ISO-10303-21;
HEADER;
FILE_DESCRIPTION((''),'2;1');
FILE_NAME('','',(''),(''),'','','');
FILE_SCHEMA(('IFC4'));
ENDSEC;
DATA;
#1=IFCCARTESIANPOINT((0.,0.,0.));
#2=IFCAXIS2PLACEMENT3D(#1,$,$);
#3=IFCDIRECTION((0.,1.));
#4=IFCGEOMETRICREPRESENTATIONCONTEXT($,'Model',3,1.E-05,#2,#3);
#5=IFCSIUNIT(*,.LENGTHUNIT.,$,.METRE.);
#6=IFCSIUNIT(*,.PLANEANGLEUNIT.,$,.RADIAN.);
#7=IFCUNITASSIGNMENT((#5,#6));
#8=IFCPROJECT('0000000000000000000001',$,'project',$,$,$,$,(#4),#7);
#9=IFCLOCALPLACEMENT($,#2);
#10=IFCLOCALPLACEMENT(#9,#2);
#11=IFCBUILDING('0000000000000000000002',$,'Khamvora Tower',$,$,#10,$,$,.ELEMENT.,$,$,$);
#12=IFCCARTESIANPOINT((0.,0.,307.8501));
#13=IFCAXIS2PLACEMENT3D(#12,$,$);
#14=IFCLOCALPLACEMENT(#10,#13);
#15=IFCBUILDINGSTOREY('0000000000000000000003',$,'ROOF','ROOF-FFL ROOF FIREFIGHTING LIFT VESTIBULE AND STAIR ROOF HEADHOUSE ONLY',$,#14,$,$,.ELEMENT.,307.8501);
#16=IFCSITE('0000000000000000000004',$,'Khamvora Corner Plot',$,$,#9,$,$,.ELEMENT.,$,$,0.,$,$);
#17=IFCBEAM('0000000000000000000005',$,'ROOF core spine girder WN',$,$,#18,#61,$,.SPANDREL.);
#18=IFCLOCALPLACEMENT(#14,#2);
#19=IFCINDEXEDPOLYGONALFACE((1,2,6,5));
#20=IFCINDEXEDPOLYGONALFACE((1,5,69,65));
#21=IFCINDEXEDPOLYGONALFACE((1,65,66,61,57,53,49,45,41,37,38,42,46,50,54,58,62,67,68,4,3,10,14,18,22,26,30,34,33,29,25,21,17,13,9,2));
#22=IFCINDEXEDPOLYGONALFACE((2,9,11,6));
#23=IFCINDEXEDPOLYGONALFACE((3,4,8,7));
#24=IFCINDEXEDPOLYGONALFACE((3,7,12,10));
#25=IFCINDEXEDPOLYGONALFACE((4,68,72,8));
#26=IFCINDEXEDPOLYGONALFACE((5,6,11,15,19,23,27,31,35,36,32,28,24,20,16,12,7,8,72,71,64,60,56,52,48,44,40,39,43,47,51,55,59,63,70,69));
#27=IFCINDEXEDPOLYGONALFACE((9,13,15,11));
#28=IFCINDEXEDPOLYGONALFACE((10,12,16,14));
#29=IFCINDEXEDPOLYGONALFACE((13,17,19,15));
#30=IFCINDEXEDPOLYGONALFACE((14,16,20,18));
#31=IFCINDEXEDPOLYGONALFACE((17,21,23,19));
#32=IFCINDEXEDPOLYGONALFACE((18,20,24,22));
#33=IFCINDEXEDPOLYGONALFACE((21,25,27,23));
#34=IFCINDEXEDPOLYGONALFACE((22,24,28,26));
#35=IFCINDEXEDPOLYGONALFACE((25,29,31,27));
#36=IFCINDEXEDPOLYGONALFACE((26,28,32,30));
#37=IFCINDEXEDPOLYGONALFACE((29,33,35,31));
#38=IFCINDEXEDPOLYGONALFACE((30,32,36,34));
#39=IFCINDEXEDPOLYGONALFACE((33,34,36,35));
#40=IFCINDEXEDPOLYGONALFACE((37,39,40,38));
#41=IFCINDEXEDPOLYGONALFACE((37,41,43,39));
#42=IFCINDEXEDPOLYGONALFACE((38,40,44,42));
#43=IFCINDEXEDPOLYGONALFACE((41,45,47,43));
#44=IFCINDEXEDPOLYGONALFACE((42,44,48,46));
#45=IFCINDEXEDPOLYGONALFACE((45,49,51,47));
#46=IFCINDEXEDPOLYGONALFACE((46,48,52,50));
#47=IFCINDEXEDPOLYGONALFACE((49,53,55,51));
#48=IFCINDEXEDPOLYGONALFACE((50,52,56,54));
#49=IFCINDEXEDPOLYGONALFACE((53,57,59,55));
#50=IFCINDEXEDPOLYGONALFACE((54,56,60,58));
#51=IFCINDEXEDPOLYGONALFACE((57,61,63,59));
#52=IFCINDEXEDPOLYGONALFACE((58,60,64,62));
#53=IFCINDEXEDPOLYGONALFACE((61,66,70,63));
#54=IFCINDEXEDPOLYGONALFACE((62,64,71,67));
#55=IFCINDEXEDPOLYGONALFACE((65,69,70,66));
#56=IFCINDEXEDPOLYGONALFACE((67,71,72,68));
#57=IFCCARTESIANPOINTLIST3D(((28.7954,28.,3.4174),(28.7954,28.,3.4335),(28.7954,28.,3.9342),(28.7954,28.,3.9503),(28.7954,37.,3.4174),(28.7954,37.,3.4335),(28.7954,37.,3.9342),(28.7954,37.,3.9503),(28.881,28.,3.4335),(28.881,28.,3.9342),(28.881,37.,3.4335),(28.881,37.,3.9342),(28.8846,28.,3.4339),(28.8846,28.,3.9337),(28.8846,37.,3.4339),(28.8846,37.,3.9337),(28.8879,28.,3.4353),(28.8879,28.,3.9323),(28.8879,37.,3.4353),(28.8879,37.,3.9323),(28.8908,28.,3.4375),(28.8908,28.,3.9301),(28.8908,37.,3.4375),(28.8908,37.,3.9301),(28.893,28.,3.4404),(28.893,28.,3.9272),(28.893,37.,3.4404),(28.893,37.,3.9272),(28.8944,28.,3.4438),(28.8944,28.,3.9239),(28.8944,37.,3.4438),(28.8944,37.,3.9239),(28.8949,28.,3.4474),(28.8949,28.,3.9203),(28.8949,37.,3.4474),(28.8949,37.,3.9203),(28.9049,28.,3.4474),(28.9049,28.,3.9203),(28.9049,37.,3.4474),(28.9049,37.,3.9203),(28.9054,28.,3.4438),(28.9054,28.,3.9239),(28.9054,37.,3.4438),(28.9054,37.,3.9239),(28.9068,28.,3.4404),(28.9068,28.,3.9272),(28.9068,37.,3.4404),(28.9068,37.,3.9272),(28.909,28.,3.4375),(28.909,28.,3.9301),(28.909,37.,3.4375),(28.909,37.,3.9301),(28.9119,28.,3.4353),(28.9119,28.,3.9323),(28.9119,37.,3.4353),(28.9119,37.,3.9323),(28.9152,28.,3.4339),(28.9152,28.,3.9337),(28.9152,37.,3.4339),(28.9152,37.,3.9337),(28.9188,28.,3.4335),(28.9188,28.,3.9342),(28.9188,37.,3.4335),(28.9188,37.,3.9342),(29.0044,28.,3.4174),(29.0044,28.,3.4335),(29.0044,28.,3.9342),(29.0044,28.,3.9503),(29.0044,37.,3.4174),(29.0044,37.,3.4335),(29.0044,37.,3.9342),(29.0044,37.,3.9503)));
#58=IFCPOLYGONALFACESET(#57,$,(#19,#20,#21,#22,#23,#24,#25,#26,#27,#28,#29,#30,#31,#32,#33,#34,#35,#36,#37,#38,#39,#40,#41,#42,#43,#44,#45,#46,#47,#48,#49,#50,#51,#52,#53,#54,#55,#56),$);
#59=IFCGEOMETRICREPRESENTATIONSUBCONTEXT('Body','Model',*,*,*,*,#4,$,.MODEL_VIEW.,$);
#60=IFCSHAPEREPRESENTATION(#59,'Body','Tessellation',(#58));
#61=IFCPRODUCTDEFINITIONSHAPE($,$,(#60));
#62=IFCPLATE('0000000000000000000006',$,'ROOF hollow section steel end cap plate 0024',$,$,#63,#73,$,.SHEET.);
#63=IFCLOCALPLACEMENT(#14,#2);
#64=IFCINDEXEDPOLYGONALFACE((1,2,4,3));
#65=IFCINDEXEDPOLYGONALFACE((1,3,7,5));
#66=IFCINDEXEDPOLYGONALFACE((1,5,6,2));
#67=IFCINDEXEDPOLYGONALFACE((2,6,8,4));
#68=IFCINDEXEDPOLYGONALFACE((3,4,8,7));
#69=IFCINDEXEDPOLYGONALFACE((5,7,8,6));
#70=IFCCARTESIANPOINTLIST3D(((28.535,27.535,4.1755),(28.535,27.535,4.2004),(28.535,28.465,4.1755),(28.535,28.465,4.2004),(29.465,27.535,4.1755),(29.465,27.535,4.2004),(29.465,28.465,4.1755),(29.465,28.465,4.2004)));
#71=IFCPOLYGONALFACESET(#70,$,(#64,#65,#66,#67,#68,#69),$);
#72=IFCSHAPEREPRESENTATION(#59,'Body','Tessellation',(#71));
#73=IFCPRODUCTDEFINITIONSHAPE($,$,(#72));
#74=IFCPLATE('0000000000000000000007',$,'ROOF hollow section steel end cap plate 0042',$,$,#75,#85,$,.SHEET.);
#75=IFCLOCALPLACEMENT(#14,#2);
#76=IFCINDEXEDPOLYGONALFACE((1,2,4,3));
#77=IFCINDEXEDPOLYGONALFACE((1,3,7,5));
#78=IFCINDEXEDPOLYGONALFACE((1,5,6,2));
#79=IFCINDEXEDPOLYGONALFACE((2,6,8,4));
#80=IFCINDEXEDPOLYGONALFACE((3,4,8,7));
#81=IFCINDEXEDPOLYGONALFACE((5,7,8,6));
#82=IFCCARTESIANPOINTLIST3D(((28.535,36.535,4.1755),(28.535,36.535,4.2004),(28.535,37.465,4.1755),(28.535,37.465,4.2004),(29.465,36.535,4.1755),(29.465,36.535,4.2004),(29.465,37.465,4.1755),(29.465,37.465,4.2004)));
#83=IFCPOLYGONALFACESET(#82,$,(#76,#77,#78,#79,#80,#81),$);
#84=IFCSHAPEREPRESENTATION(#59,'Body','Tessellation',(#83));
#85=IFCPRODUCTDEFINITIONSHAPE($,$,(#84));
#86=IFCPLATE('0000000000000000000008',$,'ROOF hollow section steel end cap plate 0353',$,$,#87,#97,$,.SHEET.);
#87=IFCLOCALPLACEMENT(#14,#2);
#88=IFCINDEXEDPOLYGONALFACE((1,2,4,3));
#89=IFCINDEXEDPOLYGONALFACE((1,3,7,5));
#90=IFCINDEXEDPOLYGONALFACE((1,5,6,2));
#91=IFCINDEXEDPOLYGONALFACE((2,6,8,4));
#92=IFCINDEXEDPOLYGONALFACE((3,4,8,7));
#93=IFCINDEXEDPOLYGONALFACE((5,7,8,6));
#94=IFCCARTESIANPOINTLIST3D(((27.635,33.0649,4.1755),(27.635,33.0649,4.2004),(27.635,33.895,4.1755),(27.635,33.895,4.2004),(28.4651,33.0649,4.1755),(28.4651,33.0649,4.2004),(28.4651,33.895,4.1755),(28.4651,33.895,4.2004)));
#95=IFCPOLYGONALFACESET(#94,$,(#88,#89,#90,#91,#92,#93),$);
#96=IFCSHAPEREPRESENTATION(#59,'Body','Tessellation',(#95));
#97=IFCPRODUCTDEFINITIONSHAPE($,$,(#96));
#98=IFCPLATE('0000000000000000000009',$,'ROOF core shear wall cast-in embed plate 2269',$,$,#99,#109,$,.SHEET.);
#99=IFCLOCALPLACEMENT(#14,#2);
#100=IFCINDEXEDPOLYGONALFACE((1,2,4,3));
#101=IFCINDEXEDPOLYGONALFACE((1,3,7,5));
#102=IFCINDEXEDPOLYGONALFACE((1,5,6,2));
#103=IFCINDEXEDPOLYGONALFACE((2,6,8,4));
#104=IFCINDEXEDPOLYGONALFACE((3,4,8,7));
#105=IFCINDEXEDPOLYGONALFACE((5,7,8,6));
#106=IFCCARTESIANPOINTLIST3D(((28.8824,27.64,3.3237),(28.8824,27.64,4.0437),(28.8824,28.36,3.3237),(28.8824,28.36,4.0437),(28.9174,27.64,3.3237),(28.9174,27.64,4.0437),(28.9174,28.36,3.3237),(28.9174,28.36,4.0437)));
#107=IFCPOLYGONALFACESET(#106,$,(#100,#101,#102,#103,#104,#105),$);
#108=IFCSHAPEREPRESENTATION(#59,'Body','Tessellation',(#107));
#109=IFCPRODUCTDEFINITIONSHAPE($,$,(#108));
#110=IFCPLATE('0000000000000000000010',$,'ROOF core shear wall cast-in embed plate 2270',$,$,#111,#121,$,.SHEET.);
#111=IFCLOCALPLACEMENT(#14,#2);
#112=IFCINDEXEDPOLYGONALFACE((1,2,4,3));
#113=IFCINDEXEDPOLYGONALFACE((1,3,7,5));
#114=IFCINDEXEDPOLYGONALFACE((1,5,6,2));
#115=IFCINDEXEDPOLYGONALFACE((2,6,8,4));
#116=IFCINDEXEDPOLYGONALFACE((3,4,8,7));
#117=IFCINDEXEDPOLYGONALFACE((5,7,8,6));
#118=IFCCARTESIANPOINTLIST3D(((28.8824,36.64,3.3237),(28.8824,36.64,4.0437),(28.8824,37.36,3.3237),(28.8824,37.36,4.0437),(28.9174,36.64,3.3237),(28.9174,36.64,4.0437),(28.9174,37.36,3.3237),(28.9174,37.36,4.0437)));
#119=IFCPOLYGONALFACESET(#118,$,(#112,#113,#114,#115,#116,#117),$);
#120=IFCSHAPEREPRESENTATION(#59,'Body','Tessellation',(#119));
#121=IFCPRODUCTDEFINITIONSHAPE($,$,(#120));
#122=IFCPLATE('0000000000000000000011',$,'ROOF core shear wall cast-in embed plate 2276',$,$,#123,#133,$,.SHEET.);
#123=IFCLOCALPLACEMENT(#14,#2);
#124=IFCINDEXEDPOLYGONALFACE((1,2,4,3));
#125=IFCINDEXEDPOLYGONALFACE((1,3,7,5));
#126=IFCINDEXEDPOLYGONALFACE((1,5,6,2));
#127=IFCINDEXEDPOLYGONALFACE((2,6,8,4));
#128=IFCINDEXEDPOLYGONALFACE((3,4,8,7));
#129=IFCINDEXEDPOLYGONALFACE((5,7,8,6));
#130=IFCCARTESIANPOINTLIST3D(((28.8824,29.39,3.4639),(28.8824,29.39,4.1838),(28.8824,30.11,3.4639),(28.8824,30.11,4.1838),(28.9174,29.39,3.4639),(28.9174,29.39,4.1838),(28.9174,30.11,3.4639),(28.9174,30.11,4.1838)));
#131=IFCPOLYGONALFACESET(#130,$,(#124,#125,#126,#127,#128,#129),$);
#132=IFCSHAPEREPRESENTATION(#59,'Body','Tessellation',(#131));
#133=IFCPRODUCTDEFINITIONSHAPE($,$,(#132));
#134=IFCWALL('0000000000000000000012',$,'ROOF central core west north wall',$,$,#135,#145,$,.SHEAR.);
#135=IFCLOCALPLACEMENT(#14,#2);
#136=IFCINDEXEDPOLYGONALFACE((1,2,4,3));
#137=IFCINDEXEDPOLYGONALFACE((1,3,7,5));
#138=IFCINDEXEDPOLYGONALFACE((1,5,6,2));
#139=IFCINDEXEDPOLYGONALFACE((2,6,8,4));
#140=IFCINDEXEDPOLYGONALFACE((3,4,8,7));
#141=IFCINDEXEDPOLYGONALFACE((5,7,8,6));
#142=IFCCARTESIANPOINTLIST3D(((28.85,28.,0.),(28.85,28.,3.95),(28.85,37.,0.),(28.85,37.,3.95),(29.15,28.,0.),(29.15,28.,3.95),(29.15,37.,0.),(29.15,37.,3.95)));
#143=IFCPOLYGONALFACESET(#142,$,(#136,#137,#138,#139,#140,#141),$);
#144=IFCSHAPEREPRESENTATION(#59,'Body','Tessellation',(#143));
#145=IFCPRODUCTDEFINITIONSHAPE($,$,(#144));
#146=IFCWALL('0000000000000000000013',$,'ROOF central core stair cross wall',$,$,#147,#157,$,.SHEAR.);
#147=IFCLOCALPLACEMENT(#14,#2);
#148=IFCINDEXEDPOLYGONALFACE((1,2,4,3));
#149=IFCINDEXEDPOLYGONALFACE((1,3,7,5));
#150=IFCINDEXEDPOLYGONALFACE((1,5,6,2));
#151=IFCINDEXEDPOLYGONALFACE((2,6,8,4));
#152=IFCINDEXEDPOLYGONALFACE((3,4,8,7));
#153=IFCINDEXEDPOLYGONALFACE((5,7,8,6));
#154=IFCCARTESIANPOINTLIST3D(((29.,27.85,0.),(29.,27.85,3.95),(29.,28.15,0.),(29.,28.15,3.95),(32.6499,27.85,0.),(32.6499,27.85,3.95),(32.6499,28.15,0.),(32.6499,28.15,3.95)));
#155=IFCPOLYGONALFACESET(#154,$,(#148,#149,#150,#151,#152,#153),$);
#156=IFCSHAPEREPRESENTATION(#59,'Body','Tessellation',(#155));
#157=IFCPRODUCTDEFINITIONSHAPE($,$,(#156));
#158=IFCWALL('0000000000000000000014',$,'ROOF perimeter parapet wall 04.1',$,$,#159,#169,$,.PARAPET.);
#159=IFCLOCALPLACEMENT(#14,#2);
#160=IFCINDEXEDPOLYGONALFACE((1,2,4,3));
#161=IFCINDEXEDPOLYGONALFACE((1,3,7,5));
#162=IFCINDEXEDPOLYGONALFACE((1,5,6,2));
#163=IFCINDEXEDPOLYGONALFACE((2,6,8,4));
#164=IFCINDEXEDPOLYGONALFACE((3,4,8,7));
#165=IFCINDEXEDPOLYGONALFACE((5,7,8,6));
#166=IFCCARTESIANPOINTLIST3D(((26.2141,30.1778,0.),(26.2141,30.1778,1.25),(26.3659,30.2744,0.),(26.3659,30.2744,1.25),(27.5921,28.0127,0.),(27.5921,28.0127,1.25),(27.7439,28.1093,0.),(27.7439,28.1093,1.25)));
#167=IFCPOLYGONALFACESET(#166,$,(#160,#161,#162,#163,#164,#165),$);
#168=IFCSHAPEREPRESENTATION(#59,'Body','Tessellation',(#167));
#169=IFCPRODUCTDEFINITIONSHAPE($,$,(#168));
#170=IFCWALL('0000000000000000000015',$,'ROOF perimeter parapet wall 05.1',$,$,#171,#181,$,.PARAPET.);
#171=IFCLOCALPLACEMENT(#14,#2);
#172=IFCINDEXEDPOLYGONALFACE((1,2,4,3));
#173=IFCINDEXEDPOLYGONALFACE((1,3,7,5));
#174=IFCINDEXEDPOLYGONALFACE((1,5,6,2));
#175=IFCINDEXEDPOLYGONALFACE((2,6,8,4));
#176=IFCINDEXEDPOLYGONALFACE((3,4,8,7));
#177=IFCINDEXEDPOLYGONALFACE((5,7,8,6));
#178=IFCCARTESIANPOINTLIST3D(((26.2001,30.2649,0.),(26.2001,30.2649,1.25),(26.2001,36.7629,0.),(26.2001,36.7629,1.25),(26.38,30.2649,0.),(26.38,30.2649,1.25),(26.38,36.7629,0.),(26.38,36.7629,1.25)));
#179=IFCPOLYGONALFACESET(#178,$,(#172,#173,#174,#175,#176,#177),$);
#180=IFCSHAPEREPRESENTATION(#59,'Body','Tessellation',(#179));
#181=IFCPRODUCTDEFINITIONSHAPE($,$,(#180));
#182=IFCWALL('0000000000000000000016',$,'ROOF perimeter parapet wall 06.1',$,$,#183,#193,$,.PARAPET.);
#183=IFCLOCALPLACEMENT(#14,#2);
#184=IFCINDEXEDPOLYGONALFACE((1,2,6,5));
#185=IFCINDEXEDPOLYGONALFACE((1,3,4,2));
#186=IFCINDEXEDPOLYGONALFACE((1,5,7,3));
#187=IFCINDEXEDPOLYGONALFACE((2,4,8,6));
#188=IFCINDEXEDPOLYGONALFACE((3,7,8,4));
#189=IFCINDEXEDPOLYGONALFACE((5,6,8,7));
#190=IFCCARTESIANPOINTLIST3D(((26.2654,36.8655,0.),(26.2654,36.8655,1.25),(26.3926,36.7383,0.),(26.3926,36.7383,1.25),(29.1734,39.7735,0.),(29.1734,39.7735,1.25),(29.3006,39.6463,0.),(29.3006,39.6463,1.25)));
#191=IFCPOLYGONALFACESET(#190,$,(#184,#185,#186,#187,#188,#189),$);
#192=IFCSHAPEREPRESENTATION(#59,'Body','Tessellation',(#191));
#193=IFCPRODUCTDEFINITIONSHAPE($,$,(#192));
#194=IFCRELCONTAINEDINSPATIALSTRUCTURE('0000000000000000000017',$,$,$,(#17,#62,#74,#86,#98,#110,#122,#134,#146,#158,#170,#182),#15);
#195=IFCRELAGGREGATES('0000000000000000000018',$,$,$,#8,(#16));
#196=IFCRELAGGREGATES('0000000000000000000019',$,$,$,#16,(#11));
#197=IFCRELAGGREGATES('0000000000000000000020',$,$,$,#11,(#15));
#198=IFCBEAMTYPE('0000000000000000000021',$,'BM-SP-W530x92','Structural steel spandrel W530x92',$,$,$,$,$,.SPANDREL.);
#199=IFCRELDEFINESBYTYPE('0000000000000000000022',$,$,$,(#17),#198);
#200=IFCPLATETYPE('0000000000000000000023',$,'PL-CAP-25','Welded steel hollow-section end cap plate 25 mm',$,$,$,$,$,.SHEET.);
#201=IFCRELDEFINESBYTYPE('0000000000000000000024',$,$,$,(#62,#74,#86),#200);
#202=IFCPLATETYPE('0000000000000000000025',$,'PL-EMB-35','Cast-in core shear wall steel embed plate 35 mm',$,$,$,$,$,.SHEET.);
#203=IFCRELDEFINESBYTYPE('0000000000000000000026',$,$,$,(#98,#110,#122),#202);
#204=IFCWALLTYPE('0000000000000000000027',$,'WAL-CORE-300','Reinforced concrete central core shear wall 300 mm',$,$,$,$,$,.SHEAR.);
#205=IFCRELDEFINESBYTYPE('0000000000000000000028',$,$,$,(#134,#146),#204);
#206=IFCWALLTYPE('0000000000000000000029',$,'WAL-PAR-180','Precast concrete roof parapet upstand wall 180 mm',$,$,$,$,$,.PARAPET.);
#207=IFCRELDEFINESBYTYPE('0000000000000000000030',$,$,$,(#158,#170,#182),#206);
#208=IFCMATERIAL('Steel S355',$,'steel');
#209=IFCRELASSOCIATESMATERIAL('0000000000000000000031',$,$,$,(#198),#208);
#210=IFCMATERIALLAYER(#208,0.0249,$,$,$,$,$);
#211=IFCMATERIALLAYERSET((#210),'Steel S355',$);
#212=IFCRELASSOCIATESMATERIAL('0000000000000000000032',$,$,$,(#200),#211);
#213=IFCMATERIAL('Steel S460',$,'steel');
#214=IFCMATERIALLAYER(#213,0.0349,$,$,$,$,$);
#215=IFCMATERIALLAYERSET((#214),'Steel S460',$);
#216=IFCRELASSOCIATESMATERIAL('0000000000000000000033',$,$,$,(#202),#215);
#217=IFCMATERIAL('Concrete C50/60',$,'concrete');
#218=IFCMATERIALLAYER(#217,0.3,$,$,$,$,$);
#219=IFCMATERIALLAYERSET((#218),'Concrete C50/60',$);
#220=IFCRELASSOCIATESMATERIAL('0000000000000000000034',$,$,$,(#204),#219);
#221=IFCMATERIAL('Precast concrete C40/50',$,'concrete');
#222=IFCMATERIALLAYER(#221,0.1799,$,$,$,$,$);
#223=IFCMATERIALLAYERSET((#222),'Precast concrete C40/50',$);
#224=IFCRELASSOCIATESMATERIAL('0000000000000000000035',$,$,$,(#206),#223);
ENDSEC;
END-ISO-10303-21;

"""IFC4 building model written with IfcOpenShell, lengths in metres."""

from ifc_helpers import new_model, si_unit, direction, frame, frame_2d, origin, origin_2d, place, context, subcontext, project, spatial, rectangle, i_section, extrude, material, layer, layer_set, material_profile, profile_set, type_object, element, save


model = new_model("IFC4")

# Units and contexts
model_context = context("Model", 3, precision=1e-05, world=origin(), true_north=direction((0.0, 1.0)))
body_context = subcontext(model_context, "Body", "Model", "MODEL_VIEW")
ifc_project = project(units=[si_unit("LENGTHUNIT", "METRE"), si_unit("PLANEANGLEUNIT", "RADIAN")], contexts=[model_context])

# Site, building, storey
site_placement = place(None, origin())
site = spatial("IfcSite", under=ifc_project, at=site_placement, Name="Khamvora Corner Plot", CompositionType="ELEMENT", RefElevation=0.0)
building_placement = place(site_placement, origin())
building = spatial("IfcBuilding", under=site, at=building_placement, Name="Khamvora Tower", CompositionType="ELEMENT")
storey_placement = place(building_placement, frame((0.0, 0.0, 307.8501)))
storey = spatial("IfcBuildingStorey", under=building, at=storey_placement, Name="ROOF", Description="ROOF-FFL ROOF FIREFIGHTING LIFT VESTIBULE AND STAIR ROOF HEADHOUSE ONLY", CompositionType="ELEMENT", Elevation=307.8501)

# Shared definitions
ifc_material_1 = material(Name="Steel S355", Category="steel")

# Beam
ifc_material_profile_1 = material_profile(ifc_material_1, i_section(OverallWidth=0.209, OverallDepth=0.533, WebThickness=0.01, FlangeThickness=0.0161, FilletRadius=0.0139, at=origin_2d()), Name="W530x92")
ifc_profile_set_1 = profile_set([ifc_material_profile_1], Name="Steel S355")
beam_type_1 = type_object("IfcBeamType", Name="BM-SP-W530x92", Description="Structural steel spandrel W530x92", PredefinedType="SPANDREL", material=ifc_profile_set_1)
beam_1_placement = place(storey_placement, frame((28.8999, 28.0, 3.6838), z_axis=(0.0, 1.0, 0.0), x_axis=(-1.0, 0.0, 0.0)))
element("IfcBeam", 1, at=beam_1_placement, inside=storey, type_object=beam_type_1, Name="ROOF core spine girder WN", PredefinedType="SPANDREL", context=body_context, shape_type="SweptSolid", body=[
    extrude(i_section(OverallWidth=0.209, OverallDepth=0.533, WebThickness=0.01, FlangeThickness=0.0161, FilletRadius=0.0139, at=origin_2d()), origin(), (0.0, 0.0, 1.0), 9.0),
])

# Plates
ifc_layer_1 = layer(ifc_material_1, 0.0249)
ifc_layer_set_1 = layer_set([ifc_layer_1], Name="Steel S355")
plate_type_1 = type_object("IfcPlateType", Name="PL-CAP-25", Description="Welded steel hollow-section end cap plate 25 mm", PredefinedType="SHEET", material=ifc_layer_set_1)
for number, where, z_axis, x_axis, name in (
    (2, (29.0, 28.0, 4.1755), (0.0, 0.0, 1.0), (1.0, 0.0, 0.0), "ROOF hollow section steel end cap plate 0024"),
    (3, (29.0, 37.0, 4.1755), (0.0, 0.0, 1.0), (1.0, 0.0, 0.0), "ROOF hollow section steel end cap plate 0042"),
):
    element("IfcPlate", number, at=place(storey_placement, frame(where, z_axis=z_axis, x_axis=x_axis)), inside=storey, type_object=plate_type_1, Name=name, PredefinedType="SHEET", context=body_context, shape_type="SweptSolid", body=[
        extrude(rectangle(XDim=0.9299, YDim=0.9299, at=origin_2d()), origin(), (0.0, 0.0, 1.0), 0.0249),
    ])
plate_placement = place(storey_placement, frame((28.05, 33.48, 4.1755), z_axis=(0.0, 0.0, 1.0), x_axis=(1.0, 0.0, 0.0)))
element("IfcPlate", 4, at=plate_placement, inside=storey, type_object=plate_type_1, Name="ROOF hollow section steel end cap plate 0353", PredefinedType="SHEET", context=body_context, shape_type="SweptSolid", body=[
    extrude(rectangle(XDim=0.8301, YDim=0.8301, at=origin_2d()), origin(), (0.0, 0.0, 1.0), 0.0249),
])
ifc_material_2 = material(Name="Steel S460", Category="steel")
ifc_layer_2 = layer(ifc_material_2, 0.0349)
ifc_layer_set_2 = layer_set([ifc_layer_2], Name="Steel S460")
plate_type_2 = type_object("IfcPlateType", Name="PL-EMB-35", Description="Cast-in core shear wall steel embed plate 35 mm", PredefinedType="SHEET", material=ifc_layer_set_2)
for number, where, z_axis, x_axis, name in (
    (5, (28.8999, 28.0, 3.3237), (0.0, 0.0, 1.0), (1.0, 0.0, 0.0), "ROOF core shear wall cast-in embed plate 2269"),
    (6, (28.8999, 37.0, 3.3237), (0.0, 0.0, 1.0), (1.0, 0.0, 0.0), "ROOF core shear wall cast-in embed plate 2270"),
    (7, (28.8999, 29.75, 3.4639), (0.0, 0.0, 1.0), (1.0, 0.0, 0.0), "ROOF core shear wall cast-in embed plate 2276"),
):
    element("IfcPlate", number, at=place(storey_placement, frame(where, z_axis=z_axis, x_axis=x_axis)), inside=storey, type_object=plate_type_2, Name=name, PredefinedType="SHEET", context=body_context, shape_type="SweptSolid", body=[
        extrude(rectangle(XDim=0.0349, YDim=0.72, at=origin_2d()), origin(), (0.0, 0.0, 1.0), 0.72),
    ])

# Walls
ifc_material_3 = material(Name="Concrete C50/60", Category="concrete")
ifc_layer_3 = layer(ifc_material_3, 0.3)
ifc_layer_set_3 = layer_set([ifc_layer_3], Name="Concrete C50/60")
wall_type_1 = type_object("IfcWallType", Name="WAL-CORE-300", Description="Reinforced concrete central core shear wall 300 mm", PredefinedType="SHEAR", material=ifc_layer_set_3)
wall_1_placement = place(storey_placement, frame((29.0, 28.0, 0.0), z_axis=(0.0, 0.0, 1.0), x_axis=(0.0, 1.0, 0.0)))
element("IfcWall", 8, at=wall_1_placement, inside=storey, type_object=wall_type_1, Name="ROOF central core west north wall", PredefinedType="SHEAR", context=body_context, shape_type="SweptSolid", body=[
    extrude(rectangle(XDim=9.0, YDim=0.3, at=frame_2d((4.5, 0.0))), origin(), (0.0, 0.0, 1.0), 3.95),
])
wall_2_placement = place(storey_placement, frame((29.0, 28.0, 0.0), z_axis=(0.0, 0.0, 1.0), x_axis=(1.0, 0.0, 0.0)))
element("IfcWall", 9, at=wall_2_placement, inside=storey, type_object=wall_type_1, Name="ROOF central core stair cross wall", PredefinedType="SHEAR", context=body_context, shape_type="SweptSolid", body=[
    extrude(rectangle(XDim=3.6499, YDim=0.3, at=frame_2d((1.825, 0.0))), origin(), (0.0, 0.0, 1.0), 3.95),
])
ifc_material_4 = material(Name="Precast concrete C40/50", Category="concrete")
ifc_layer_4 = layer(ifc_material_4, 0.1799)
ifc_layer_set_4 = layer_set([ifc_layer_4], Name="Precast concrete C40/50")
wall_type_2 = type_object("IfcWallType", Name="WAL-PAR-180", Description="Precast concrete roof parapet upstand wall 180 mm", PredefinedType="PARAPET", material=ifc_layer_set_4)
wall_3_placement = place(storey_placement, frame((27.668, 28.061, 0.0), z_axis=(0.0, 0.0, 1.0), x_axis=(-0.536925, 0.84363, 0.0)))
element("IfcWall", 10, at=wall_3_placement, inside=storey, type_object=wall_type_2, Name="ROOF perimeter parapet wall 04.1", PredefinedType="PARAPET", context=body_context, shape_type="SweptSolid", body=[
    extrude(rectangle(XDim=2.5664, YDim=0.1799, at=frame_2d((1.2832, 0.0))), origin(), (0.0, 0.0, 1.0), 1.25),
])
wall_4_placement = place(storey_placement, frame((26.29, 30.2649, 0.0), z_axis=(0.0, 0.0, 1.0), x_axis=(0.0, 1.0, 0.0)))
element("IfcWall", 11, at=wall_4_placement, inside=storey, type_object=wall_type_2, Name="ROOF perimeter parapet wall 05.1", PredefinedType="PARAPET", context=body_context, shape_type="SweptSolid", body=[
    extrude(rectangle(XDim=6.498, YDim=0.1799, at=frame_2d((3.249, 0.0))), origin(), (0.0, 0.0, 1.0), 1.25),
])
wall_5_placement = place(storey_placement, frame((26.3291, 36.802, 0.0), z_axis=(0.0, 0.0, 1.0), x_axis=(0.707107, 0.707107, 0.0)))
element("IfcWall", 12, at=wall_5_placement, inside=storey, type_object=wall_type_2, Name="ROOF perimeter parapet wall 06.1", PredefinedType="PARAPET", context=body_context, shape_type="SweptSolid", body=[
    extrude(rectangle(XDim=4.1125, YDim=0.1799, at=frame_2d((2.0562, 0.0))), origin(), (0.0, 0.0, 1.0), 1.25),
])

save(model, "model.ifc")
